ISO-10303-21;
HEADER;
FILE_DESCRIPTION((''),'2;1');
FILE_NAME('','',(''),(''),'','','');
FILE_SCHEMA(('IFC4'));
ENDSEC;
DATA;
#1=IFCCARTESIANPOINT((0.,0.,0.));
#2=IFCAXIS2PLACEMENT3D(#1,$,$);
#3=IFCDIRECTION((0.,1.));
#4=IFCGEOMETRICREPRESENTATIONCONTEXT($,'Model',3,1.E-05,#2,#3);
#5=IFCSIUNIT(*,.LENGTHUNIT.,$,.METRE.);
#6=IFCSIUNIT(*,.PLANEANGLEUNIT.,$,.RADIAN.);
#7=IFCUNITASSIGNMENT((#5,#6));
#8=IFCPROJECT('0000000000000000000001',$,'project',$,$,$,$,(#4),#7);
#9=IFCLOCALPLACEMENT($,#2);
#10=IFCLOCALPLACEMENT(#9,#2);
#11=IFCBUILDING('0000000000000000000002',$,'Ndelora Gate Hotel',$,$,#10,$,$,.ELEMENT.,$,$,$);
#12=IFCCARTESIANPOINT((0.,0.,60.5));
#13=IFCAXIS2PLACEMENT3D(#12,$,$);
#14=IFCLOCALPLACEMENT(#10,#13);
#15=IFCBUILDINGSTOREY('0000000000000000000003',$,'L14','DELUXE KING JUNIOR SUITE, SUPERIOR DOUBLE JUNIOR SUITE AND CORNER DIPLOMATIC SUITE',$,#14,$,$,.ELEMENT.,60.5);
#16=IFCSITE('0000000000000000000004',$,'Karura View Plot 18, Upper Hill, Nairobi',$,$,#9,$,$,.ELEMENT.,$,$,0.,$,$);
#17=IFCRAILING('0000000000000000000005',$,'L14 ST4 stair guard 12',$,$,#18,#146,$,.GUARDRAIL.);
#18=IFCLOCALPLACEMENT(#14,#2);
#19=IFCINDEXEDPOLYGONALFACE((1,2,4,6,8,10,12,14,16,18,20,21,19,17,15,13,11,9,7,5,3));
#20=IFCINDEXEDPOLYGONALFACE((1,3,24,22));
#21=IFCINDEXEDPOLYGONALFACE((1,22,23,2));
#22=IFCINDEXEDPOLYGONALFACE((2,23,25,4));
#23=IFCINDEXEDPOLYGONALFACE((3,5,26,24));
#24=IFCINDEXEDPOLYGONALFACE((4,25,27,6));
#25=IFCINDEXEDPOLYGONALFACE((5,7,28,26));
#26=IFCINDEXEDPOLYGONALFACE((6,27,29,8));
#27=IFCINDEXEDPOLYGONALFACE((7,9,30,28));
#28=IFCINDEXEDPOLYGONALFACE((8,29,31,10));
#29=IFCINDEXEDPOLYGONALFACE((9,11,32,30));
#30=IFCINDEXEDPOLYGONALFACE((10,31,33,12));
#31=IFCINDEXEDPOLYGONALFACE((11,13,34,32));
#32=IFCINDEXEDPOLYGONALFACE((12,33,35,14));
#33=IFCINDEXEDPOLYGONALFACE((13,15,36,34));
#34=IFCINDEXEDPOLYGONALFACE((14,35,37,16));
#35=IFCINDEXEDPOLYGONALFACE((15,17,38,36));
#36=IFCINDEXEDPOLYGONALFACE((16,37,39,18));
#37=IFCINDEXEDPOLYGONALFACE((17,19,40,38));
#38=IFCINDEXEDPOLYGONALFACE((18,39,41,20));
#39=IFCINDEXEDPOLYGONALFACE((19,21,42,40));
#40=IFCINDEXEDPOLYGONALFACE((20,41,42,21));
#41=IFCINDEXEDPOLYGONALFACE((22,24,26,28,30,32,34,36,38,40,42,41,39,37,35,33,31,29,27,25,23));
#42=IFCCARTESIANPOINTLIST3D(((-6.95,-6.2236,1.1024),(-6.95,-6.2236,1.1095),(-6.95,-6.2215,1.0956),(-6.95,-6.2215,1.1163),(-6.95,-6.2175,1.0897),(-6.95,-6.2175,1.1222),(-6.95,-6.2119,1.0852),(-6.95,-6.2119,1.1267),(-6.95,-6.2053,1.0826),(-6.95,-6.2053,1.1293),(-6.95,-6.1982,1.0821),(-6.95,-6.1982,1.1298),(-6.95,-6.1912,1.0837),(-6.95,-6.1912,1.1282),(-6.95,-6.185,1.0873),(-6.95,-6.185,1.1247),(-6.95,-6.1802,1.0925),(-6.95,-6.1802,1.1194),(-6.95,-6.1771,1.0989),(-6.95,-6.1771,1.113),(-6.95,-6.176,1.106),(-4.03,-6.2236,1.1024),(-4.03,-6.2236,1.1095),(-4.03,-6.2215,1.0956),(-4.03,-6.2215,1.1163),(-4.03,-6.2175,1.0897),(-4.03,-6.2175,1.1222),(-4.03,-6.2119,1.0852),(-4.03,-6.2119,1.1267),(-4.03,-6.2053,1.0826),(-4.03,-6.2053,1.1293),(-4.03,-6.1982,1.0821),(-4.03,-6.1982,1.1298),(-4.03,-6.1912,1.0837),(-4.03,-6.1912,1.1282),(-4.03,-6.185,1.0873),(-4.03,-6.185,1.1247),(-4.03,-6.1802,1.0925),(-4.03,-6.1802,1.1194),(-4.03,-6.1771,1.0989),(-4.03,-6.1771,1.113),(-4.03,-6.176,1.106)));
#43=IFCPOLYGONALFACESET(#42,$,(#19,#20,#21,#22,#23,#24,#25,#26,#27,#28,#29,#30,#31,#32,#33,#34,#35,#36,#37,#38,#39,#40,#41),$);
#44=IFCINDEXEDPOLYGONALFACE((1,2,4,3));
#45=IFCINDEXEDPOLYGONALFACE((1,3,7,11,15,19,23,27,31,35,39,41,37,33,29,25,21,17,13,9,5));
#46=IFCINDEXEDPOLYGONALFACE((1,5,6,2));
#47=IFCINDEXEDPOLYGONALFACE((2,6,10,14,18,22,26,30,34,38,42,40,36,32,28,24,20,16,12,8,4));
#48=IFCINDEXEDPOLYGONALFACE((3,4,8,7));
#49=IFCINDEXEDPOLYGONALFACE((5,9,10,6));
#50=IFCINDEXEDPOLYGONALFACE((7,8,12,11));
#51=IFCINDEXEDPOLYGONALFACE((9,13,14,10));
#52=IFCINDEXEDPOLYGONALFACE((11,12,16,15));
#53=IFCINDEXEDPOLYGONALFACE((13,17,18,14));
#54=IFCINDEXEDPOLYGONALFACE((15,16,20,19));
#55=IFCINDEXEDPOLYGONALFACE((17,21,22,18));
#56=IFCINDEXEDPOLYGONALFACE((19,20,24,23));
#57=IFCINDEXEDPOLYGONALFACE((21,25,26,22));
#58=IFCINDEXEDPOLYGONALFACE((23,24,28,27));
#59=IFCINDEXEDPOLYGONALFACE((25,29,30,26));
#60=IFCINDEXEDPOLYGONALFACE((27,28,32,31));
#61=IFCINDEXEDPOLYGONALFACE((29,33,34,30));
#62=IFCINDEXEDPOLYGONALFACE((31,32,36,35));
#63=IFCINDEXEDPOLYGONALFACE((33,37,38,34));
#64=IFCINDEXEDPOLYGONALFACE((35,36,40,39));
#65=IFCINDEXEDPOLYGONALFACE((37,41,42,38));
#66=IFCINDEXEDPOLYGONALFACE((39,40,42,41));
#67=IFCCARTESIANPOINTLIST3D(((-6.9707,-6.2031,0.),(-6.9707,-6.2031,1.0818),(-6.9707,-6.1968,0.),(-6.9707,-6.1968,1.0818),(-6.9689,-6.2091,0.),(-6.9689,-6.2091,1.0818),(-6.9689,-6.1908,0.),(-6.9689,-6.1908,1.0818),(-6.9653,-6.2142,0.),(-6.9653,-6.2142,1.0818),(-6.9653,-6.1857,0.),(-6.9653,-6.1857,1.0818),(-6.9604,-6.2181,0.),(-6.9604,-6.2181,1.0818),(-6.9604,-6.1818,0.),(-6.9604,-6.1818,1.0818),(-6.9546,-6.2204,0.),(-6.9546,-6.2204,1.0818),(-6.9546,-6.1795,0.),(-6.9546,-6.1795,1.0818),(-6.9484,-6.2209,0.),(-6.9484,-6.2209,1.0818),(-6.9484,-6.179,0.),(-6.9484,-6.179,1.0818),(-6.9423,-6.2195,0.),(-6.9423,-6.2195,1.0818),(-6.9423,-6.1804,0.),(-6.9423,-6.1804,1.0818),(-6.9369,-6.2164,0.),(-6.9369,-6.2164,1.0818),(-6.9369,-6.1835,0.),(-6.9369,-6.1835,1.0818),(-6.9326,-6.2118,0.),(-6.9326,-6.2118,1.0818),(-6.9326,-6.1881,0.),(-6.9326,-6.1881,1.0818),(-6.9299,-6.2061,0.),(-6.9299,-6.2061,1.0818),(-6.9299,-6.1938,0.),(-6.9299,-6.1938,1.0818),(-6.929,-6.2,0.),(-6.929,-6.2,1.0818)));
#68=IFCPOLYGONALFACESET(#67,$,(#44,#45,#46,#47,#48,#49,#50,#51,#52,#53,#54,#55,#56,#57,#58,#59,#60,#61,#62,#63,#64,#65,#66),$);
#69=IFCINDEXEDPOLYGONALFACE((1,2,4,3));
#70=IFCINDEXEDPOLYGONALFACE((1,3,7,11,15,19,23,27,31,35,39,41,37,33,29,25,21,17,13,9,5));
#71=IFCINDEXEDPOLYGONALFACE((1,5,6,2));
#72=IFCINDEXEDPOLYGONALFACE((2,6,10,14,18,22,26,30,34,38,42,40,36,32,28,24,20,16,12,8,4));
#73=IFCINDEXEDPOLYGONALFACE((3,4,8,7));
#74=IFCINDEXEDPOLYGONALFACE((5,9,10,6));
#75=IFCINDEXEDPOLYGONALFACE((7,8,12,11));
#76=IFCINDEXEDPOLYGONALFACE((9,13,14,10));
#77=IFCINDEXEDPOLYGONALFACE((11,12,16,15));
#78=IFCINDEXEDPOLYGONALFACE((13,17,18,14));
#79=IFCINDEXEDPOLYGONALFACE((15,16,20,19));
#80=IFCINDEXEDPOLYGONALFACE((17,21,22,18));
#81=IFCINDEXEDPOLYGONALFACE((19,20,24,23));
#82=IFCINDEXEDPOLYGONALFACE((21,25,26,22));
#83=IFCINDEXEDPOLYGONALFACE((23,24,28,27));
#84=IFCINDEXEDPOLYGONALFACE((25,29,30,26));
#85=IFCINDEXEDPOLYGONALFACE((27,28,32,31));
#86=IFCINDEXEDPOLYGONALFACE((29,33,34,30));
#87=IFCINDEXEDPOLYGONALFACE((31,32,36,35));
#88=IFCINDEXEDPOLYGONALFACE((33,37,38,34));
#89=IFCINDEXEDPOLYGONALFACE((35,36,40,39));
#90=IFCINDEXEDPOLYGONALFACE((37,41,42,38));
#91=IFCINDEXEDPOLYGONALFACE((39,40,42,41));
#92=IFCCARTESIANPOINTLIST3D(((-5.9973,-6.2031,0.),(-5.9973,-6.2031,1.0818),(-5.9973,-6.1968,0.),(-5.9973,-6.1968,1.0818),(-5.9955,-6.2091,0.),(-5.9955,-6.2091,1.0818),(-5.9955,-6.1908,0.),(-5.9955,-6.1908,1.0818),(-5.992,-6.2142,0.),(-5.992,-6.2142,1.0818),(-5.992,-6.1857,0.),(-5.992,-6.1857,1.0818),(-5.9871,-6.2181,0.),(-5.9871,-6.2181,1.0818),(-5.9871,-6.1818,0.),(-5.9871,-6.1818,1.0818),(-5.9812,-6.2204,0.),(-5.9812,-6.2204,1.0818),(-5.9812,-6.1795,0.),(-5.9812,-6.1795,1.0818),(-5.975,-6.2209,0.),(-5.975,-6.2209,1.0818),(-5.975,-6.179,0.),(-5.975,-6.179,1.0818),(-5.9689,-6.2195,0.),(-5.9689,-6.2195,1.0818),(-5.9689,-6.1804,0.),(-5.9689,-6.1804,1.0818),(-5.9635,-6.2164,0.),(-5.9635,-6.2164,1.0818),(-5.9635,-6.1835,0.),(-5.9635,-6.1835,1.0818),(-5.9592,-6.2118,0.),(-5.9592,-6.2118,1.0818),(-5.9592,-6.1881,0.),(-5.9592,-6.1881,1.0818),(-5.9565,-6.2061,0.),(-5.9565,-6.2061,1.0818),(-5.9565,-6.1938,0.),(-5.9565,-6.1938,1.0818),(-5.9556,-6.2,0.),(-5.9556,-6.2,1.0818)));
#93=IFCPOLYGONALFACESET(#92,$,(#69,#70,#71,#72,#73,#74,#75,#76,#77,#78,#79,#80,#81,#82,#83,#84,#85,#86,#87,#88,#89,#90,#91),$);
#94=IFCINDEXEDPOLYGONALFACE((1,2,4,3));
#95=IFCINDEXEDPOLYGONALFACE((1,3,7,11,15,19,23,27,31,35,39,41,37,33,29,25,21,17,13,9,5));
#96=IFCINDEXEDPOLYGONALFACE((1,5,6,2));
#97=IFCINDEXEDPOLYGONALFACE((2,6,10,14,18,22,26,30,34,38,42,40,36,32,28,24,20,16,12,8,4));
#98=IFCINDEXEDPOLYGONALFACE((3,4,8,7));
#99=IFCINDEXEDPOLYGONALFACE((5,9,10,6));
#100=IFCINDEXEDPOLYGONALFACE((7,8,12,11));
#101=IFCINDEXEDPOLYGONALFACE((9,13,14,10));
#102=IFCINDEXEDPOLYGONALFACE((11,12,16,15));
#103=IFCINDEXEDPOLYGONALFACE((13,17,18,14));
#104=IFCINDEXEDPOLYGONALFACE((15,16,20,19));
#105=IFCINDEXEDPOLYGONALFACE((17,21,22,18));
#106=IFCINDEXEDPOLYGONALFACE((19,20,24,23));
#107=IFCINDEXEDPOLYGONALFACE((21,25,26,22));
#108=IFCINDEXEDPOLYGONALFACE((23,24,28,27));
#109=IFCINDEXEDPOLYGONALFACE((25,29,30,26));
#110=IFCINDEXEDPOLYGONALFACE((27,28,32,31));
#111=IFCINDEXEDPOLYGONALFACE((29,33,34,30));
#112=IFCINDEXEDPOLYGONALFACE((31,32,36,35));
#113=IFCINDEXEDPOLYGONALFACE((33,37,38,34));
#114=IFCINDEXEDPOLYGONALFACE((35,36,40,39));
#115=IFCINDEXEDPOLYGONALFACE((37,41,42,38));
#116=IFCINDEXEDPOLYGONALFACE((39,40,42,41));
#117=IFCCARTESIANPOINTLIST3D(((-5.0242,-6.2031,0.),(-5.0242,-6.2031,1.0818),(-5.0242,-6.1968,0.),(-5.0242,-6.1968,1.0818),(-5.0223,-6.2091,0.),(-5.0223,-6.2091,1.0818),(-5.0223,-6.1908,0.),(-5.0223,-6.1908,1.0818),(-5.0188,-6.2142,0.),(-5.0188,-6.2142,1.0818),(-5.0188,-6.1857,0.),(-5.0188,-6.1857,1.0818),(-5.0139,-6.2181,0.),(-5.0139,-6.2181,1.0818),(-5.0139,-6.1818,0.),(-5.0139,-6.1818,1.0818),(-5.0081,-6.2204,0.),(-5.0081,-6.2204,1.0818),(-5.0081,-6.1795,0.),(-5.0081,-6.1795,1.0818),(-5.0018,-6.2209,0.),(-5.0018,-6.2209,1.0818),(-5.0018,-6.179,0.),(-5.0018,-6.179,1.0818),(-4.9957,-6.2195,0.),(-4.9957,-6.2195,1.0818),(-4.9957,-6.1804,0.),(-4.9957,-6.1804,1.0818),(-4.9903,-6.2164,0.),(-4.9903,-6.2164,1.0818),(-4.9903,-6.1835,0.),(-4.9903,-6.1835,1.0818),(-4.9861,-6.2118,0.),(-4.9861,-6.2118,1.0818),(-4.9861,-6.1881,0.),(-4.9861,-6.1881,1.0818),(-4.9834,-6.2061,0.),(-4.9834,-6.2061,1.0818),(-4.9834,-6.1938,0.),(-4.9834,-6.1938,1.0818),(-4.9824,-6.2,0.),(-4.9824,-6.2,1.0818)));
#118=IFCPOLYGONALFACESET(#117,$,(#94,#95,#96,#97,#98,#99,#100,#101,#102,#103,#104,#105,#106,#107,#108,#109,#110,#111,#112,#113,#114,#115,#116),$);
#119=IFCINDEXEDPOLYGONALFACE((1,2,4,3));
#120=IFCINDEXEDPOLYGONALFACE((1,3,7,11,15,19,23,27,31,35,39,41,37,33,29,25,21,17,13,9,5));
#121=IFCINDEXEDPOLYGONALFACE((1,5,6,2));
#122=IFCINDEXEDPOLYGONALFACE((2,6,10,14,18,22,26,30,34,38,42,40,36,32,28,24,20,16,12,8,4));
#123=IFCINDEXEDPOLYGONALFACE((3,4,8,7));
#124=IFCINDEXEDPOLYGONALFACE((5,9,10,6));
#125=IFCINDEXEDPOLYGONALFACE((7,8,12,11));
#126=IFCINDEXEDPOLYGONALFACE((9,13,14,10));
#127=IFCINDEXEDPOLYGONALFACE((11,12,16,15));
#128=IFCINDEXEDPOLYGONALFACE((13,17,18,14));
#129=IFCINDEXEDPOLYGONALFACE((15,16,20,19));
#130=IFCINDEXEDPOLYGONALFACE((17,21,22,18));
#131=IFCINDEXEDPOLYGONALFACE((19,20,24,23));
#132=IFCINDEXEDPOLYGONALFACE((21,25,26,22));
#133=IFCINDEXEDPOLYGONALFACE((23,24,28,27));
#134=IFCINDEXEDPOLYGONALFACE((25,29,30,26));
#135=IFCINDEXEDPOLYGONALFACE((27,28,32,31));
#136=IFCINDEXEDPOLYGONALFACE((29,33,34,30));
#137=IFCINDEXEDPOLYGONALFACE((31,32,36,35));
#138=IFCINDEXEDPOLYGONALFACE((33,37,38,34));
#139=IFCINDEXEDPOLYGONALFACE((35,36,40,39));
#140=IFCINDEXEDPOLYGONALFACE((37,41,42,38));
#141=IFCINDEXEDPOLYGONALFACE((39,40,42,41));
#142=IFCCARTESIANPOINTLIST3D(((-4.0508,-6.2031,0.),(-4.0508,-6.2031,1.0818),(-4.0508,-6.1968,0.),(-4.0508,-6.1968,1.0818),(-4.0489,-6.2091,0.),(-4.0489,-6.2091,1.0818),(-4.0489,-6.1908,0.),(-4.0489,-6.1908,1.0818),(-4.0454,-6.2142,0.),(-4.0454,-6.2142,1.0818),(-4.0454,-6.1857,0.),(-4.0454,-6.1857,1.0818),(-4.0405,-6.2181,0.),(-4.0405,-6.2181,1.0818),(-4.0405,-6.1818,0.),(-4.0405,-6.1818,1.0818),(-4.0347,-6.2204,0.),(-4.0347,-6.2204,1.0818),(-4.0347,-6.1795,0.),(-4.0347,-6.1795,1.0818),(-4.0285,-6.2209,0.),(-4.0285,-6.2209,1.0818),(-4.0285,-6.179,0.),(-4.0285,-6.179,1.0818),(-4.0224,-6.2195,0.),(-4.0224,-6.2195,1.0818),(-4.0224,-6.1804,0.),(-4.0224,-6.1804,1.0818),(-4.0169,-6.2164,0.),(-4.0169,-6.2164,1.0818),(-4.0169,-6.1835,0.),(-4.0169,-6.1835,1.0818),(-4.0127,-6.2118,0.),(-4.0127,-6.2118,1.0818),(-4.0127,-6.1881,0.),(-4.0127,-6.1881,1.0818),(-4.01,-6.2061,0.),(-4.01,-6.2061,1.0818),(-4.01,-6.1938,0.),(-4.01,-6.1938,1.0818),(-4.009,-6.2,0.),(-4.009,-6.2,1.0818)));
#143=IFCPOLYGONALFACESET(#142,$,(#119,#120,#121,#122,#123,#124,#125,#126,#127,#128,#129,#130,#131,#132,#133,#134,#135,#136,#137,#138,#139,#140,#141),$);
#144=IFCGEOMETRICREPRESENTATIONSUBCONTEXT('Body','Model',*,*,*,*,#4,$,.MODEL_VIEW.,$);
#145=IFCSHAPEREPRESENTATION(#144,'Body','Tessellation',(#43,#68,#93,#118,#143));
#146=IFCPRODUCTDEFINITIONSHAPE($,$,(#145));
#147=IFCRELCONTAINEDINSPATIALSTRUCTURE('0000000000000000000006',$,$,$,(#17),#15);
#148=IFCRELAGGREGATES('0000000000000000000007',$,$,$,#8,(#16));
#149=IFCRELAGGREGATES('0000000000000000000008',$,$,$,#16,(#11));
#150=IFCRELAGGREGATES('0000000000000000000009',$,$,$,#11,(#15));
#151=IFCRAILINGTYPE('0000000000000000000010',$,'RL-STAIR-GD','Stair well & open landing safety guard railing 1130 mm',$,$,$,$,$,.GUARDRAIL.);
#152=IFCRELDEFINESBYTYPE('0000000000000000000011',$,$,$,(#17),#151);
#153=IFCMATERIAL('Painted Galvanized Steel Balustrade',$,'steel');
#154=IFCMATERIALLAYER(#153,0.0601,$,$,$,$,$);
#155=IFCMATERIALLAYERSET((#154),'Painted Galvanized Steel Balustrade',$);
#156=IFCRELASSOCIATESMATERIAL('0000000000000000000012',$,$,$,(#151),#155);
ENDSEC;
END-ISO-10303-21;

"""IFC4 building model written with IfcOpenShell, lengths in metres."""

from ifc_helpers import new_model, si_unit, direction, frame, origin, origin_2d, place, context, subcontext, project, spatial, circle, extrude, material, layer, layer_set, type_object, element, save


model = new_model("IFC4")

# Units and contexts
model_context = context("Model", 3, precision=1e-05, world=origin(), true_north=direction((0.0, 1.0)))
body_context = subcontext(model_context, "Body", "Model", "MODEL_VIEW")
ifc_project = project(units=[si_unit("LENGTHUNIT", "METRE"), si_unit("PLANEANGLEUNIT", "RADIAN")], contexts=[model_context])

# Site, building, storey
site_placement = place(None, origin())
site = spatial("IfcSite", under=ifc_project, at=site_placement, Name="Karura View Plot 18, Upper Hill, Nairobi", CompositionType="ELEMENT", RefElevation=0.0)
building_placement = place(site_placement, origin())
building = spatial("IfcBuilding", under=site, at=building_placement, Name="Ndelora Gate Hotel", CompositionType="ELEMENT")
storey_placement = place(building_placement, frame((0.0, 0.0, 60.5)))
storey = spatial("IfcBuildingStorey", under=building, at=storey_placement, Name="L14", Description="DELUXE KING JUNIOR SUITE, SUPERIOR DOUBLE JUNIOR SUITE AND CORNER DIPLOMATIC SUITE", CompositionType="ELEMENT", Elevation=60.5)

# Railing
ifc_material_1 = material(Name="Painted Galvanized Steel Balustrade", Category="steel")
ifc_layer_1 = layer(ifc_material_1, 0.0601)
ifc_layer_set_1 = layer_set([ifc_layer_1], Name="Painted Galvanized Steel Balustrade")
railing_type_1 = type_object("IfcRailingType", Name="RL-STAIR-GD", Description="Stair well & open landing safety guard railing 1130 mm", PredefinedType="GUARDRAIL", material=ifc_layer_set_1)
railing_1_placement = place(storey_placement, frame((-6.95, -6.2, 0.0)))
element("IfcRailing", 1, at=railing_1_placement, inside=storey, type_object=railing_type_1, Name="L14 ST4 stair guard 12", PredefinedType="GUARDRAIL", context=body_context, shape_type="SweptSolid", body=[
    extrude(circle(Radius=0.0239, at=origin_2d()), frame((0.0, 0.0, 1.106), z_axis=(1.0, 0.0, 0.0), x_axis=(0.0, 1.0, 0.0)), (0.0, 0.0, 1.0), 2.9199),
    extrude(circle(Radius=0.021, at=origin_2d()), origin(), (0.0, 0.0, 1.0), 1.0818),
    extrude(circle(Radius=0.021, at=origin_2d()), frame((0.9734, 0.0, 0.0)), (0.0, 0.0, 1.0), 1.0818),
    extrude(circle(Radius=0.021, at=origin_2d()), frame((1.9465, 0.0, 0.0)), (0.0, 0.0, 1.0), 1.0818),
    extrude(circle(Radius=0.021, at=origin_2d()), frame((2.9199, 0.0, 0.0)), (0.0, 0.0, 1.0), 1.0818),
])

save(model, "model.ifc")
